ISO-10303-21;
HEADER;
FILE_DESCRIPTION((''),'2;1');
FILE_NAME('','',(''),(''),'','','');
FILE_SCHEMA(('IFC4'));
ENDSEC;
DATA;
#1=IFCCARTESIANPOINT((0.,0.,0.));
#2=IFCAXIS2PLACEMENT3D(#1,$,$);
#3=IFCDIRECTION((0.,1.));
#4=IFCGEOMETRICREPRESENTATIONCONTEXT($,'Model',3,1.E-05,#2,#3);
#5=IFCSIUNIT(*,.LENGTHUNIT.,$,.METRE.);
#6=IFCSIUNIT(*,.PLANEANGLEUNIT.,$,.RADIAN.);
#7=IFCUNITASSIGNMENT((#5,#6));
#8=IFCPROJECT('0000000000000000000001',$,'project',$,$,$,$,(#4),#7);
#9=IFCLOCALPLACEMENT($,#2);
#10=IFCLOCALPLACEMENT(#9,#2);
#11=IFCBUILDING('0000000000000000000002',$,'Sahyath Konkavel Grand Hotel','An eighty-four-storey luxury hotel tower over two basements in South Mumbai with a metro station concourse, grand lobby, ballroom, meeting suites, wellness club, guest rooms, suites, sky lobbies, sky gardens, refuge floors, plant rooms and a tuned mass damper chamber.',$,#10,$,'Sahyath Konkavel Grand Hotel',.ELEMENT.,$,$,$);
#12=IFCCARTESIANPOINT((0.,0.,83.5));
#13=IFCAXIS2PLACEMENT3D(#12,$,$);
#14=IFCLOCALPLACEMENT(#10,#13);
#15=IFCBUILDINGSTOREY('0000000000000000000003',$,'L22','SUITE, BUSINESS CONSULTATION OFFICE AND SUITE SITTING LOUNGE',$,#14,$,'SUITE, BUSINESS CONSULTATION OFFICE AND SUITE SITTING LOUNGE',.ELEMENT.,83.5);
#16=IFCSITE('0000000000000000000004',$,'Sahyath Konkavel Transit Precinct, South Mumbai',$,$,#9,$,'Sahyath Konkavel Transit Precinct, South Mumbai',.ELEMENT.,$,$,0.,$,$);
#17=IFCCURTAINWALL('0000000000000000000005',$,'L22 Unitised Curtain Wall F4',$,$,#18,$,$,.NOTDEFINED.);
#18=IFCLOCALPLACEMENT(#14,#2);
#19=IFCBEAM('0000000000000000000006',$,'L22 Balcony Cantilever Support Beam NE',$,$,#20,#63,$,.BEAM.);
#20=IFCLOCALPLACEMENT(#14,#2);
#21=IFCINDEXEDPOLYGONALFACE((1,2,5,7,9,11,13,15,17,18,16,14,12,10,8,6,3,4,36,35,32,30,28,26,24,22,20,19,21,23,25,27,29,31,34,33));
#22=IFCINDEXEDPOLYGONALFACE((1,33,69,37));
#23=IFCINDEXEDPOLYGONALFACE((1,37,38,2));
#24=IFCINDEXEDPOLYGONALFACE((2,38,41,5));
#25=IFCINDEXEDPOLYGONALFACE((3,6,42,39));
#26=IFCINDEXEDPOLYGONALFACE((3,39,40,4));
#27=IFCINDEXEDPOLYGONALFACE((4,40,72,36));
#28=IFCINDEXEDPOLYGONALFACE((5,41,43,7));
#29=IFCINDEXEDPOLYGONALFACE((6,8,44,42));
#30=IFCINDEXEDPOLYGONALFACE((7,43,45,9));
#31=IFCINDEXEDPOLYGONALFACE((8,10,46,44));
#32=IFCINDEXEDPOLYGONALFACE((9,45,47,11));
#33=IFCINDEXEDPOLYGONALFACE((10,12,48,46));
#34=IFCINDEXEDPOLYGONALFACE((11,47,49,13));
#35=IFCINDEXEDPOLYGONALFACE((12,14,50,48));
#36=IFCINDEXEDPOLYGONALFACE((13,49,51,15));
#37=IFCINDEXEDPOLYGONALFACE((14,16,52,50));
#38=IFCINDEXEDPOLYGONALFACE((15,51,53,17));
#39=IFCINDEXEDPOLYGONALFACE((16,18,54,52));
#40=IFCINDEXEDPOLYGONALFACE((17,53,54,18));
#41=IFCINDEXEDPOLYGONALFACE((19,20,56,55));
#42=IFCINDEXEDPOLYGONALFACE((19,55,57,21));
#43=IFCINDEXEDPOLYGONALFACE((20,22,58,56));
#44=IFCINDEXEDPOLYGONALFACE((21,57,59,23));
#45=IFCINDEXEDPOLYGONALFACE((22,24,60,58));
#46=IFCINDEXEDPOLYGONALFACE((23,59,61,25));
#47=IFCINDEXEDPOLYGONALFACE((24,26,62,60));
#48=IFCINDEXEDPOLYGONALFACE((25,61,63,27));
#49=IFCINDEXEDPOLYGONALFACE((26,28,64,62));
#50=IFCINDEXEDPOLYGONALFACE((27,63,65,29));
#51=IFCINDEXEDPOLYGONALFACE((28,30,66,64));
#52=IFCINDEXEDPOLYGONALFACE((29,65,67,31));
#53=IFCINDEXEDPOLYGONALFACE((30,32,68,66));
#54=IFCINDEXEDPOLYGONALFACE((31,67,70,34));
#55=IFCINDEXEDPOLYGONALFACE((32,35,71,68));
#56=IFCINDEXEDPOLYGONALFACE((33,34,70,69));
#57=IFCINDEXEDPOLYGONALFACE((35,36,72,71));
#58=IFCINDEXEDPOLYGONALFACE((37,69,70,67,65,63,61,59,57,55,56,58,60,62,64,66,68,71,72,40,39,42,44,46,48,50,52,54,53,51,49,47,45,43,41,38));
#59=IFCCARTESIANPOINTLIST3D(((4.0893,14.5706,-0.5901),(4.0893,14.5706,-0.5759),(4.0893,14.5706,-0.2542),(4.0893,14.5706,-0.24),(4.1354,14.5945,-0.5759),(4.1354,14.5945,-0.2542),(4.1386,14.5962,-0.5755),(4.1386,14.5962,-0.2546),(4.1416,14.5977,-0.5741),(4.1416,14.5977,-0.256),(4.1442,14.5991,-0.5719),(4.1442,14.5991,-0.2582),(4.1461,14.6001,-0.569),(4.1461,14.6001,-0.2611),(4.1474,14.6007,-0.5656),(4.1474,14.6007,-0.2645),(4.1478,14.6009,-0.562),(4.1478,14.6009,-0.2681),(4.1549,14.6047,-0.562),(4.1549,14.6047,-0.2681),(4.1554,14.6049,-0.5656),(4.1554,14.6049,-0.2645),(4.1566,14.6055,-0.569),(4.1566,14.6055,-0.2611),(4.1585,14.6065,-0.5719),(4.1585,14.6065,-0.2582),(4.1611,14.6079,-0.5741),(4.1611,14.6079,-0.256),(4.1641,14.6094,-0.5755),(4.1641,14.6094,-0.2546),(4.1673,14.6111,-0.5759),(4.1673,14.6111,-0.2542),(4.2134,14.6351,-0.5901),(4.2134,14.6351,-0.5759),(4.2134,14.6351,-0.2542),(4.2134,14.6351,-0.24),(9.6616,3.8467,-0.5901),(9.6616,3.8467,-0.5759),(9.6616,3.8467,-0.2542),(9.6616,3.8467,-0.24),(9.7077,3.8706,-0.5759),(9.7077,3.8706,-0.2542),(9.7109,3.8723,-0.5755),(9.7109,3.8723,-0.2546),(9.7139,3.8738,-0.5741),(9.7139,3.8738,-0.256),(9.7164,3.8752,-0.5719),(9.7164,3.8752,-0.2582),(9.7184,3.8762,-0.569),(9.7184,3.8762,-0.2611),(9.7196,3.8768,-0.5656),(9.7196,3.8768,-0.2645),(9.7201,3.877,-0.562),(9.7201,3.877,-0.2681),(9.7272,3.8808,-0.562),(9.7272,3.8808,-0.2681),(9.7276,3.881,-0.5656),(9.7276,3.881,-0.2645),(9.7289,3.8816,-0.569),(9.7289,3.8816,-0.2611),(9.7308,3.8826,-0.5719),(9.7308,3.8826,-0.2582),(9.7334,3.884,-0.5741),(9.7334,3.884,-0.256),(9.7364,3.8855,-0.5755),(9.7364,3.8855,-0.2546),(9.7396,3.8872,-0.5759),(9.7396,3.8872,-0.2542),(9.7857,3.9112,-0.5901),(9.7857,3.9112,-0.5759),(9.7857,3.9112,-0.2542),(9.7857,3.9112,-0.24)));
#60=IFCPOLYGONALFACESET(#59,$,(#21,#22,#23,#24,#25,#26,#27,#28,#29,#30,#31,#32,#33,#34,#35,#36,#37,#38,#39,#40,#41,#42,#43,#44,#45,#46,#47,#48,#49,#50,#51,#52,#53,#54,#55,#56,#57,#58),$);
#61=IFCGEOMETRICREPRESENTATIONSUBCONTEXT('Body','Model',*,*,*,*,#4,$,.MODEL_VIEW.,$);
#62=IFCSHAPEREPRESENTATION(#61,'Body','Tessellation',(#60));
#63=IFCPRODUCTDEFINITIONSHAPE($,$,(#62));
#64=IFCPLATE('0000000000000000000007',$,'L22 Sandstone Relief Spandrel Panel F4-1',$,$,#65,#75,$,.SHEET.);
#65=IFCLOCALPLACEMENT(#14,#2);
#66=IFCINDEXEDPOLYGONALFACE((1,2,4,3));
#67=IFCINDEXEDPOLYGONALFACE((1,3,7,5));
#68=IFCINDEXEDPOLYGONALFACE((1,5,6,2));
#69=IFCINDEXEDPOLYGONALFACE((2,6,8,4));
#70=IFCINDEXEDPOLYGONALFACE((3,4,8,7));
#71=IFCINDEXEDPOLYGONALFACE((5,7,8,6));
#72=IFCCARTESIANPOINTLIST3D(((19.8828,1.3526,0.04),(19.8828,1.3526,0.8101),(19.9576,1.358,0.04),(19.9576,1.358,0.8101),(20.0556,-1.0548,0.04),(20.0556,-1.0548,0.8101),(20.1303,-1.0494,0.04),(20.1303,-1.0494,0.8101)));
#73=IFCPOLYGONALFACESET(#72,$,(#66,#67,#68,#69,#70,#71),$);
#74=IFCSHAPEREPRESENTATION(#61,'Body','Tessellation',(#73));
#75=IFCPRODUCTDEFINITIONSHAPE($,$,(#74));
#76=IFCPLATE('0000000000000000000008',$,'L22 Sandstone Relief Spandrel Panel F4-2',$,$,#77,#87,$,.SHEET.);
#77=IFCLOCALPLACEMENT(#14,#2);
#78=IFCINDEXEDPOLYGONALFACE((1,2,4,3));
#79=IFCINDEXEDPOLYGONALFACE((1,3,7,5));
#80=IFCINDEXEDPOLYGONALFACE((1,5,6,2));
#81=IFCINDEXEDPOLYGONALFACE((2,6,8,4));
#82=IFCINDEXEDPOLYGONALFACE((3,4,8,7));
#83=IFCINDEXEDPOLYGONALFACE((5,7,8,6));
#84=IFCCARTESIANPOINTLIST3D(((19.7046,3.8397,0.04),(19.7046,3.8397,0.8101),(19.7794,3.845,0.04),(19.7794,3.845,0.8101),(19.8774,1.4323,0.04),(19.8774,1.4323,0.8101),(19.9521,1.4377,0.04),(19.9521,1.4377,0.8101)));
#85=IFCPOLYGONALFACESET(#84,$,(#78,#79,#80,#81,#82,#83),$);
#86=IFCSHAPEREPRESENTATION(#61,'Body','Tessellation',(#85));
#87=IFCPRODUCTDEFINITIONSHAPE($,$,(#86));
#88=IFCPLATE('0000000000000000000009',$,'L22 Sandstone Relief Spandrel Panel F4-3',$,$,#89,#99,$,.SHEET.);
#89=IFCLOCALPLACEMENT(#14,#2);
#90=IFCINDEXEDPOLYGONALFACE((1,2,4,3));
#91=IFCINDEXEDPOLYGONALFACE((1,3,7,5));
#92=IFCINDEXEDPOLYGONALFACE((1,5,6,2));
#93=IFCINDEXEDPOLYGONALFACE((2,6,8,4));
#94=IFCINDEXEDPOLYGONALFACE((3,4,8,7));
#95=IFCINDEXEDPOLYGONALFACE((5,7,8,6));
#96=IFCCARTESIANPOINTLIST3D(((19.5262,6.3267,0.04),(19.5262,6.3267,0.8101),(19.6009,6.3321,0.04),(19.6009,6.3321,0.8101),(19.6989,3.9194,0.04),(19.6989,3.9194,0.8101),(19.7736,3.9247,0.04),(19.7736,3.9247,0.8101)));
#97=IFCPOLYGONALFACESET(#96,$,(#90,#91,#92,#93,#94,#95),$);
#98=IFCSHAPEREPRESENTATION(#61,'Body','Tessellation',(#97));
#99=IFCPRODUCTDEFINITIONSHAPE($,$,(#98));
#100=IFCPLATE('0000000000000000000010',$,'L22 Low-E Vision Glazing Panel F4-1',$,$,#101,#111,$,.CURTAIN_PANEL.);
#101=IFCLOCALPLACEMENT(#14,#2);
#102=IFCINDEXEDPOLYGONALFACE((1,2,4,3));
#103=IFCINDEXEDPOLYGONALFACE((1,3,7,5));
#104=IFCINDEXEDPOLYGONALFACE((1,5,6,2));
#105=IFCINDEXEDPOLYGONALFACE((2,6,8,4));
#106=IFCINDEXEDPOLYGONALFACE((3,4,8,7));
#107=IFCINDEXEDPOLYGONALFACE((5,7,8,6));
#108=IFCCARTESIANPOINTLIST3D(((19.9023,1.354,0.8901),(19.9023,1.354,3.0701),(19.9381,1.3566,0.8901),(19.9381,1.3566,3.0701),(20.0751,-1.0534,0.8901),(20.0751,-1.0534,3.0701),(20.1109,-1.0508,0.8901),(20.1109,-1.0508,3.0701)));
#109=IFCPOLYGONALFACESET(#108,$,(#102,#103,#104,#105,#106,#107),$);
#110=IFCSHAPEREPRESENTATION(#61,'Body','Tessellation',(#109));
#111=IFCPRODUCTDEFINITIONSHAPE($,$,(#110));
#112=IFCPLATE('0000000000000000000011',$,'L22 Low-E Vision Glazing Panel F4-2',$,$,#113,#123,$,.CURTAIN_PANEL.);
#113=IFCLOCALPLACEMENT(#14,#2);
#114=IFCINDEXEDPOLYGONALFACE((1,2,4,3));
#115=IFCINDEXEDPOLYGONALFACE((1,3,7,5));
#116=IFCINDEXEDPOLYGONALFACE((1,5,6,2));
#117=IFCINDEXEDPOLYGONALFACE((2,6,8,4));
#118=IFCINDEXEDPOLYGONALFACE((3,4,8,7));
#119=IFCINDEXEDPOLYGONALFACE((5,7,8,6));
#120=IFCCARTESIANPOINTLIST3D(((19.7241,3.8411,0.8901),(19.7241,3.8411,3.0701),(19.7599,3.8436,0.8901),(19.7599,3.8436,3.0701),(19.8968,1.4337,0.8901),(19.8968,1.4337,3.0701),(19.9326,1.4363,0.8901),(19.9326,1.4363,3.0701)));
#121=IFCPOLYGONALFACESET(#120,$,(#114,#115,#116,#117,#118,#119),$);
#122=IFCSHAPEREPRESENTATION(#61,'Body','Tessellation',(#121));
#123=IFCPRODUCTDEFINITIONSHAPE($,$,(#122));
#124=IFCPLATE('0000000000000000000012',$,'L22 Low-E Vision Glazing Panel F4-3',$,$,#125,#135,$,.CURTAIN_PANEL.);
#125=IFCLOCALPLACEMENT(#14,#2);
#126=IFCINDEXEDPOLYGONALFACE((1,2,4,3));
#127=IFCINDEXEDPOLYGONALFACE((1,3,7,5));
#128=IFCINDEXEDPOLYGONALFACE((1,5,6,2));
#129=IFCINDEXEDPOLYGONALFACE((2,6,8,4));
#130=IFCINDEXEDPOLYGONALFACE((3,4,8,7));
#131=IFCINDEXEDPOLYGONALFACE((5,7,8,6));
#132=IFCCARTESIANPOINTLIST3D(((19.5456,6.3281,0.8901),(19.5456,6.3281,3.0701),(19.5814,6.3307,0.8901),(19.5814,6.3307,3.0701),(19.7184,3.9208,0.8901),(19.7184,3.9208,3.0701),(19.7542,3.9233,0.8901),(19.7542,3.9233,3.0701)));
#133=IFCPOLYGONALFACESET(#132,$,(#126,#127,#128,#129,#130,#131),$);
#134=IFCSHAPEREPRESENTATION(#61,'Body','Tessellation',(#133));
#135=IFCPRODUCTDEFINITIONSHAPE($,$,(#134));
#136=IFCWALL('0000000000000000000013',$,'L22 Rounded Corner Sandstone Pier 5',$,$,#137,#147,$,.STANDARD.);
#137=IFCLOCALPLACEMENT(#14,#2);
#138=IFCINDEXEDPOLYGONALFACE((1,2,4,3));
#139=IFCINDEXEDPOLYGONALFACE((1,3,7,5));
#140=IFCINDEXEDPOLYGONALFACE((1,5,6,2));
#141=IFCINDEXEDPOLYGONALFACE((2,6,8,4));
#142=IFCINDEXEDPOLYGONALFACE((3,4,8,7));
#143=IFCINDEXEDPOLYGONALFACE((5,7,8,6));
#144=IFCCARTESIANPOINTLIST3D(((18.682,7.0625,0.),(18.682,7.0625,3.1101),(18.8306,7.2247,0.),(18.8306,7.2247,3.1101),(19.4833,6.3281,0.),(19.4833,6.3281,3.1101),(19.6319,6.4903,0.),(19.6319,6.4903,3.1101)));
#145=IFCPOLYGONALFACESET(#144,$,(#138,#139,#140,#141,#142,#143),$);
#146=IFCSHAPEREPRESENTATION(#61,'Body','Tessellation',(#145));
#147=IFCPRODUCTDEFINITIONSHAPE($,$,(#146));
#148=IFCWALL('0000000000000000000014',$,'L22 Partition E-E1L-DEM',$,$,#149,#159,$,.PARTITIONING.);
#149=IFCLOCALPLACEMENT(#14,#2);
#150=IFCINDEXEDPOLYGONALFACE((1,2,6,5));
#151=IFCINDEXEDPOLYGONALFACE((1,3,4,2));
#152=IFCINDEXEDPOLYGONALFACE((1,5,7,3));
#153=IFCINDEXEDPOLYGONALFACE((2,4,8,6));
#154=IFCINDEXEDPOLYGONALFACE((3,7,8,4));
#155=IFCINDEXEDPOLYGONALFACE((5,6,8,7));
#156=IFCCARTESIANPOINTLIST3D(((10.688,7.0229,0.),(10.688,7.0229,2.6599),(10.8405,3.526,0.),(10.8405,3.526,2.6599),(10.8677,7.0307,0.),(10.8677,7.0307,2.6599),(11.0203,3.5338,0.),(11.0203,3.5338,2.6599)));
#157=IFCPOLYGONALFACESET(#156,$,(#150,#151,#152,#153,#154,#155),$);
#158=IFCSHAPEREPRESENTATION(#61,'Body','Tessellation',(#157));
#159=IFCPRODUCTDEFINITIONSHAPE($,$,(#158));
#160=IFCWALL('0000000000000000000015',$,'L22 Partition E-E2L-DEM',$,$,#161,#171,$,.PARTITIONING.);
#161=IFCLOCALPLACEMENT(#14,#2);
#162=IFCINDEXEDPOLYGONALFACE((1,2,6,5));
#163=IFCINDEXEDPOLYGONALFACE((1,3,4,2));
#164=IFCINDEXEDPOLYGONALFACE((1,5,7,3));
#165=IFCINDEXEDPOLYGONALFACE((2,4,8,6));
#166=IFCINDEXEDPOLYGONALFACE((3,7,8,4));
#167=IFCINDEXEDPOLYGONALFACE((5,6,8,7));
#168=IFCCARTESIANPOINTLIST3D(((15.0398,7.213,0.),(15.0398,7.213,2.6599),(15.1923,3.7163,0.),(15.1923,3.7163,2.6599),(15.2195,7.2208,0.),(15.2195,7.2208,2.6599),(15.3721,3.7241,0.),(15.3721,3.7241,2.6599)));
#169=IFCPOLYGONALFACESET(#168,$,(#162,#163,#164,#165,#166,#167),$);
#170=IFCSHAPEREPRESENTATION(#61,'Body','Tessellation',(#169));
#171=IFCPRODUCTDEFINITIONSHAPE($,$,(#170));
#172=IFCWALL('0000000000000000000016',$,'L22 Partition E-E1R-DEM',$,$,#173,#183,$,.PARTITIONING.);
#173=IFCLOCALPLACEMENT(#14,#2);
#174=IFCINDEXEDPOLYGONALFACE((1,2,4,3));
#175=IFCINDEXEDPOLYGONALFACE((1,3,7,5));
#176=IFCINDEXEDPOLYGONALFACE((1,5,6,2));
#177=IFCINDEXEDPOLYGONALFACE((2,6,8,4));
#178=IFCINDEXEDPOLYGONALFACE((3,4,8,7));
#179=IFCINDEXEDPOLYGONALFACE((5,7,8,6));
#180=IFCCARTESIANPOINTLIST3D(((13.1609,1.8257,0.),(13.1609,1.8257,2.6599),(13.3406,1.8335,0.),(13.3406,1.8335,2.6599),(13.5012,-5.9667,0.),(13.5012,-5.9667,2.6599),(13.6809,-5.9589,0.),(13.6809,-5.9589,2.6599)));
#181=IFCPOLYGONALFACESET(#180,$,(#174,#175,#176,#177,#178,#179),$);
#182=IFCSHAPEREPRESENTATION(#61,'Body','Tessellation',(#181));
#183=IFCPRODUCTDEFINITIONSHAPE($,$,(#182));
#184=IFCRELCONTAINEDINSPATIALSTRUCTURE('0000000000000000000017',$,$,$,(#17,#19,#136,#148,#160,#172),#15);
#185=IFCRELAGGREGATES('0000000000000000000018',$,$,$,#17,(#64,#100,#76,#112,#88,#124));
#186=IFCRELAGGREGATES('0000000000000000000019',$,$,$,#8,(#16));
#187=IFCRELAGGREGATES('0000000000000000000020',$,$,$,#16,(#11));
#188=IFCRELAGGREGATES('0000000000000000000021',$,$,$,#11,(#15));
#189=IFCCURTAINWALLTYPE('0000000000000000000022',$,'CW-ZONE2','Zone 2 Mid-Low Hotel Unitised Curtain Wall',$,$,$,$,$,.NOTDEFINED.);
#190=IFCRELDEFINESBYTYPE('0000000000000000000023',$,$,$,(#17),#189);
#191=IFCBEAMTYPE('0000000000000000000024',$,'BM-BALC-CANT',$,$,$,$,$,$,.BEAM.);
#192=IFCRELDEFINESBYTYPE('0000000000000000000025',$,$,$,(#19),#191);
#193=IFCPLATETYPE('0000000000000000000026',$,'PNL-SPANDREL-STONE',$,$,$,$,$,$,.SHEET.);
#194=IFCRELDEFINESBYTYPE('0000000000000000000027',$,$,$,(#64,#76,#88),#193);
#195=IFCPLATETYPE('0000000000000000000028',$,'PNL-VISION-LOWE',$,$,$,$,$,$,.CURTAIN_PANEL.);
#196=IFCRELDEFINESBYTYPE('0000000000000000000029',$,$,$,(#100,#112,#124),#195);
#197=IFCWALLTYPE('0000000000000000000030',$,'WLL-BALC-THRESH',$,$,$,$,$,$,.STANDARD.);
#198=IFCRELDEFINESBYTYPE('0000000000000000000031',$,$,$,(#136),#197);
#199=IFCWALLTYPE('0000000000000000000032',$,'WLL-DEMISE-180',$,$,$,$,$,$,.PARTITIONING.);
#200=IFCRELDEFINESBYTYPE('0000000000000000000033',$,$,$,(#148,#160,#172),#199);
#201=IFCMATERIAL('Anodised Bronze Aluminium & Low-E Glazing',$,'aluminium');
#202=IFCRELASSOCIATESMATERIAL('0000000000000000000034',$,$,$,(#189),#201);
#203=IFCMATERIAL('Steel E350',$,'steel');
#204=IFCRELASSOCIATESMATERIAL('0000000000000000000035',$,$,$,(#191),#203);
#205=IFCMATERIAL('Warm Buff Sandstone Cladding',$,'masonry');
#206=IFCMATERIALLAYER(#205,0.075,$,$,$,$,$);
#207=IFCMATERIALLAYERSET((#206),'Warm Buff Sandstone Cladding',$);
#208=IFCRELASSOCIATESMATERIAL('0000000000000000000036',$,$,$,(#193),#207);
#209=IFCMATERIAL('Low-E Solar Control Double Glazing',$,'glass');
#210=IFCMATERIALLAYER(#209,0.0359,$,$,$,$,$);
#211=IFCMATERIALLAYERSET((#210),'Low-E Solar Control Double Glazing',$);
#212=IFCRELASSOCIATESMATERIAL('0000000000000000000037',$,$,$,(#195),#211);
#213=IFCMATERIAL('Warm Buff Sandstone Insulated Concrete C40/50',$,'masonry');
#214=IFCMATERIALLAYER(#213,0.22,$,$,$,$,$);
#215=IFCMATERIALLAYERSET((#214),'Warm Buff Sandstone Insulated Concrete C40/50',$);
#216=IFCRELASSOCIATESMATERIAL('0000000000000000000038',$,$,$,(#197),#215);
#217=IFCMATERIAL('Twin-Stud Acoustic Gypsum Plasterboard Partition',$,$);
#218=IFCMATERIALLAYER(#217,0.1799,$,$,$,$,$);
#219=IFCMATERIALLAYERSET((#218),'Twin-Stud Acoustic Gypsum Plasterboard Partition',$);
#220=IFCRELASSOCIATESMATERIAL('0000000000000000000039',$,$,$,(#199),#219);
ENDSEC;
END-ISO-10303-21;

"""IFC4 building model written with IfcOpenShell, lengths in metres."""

from ifc_helpers import new_model, si_unit, direction, frame, frame_2d, origin, origin_2d, place, context, subcontext, project, spatial, rectangle, i_section, extrude, source, transform, mapped, material, layer, layer_set, material_profile, profile_set, type_object, element, aggregate, save


model = new_model("IFC4")

# Units and contexts
model_context = context("Model", 3, precision=1e-05, world=origin(), true_north=direction((0.0, 1.0)))
body_context = subcontext(model_context, "Body", "Model", "MODEL_VIEW")
ifc_project = project(units=[si_unit("LENGTHUNIT", "METRE"), si_unit("PLANEANGLEUNIT", "RADIAN")], contexts=[model_context])

# Site, building, storey
site_placement = place(None, origin())
site = spatial("IfcSite", under=ifc_project, at=site_placement, Name="Sahyath Konkavel Transit Precinct, South Mumbai", LongName="Sahyath Konkavel Transit Precinct, South Mumbai", CompositionType="ELEMENT", RefElevation=0.0)
building_placement = place(site_placement, origin())
building = spatial("IfcBuilding", under=site, at=building_placement, Name="Sahyath Konkavel Grand Hotel", Description="An eighty-four-storey luxury hotel tower over two basements in South Mumbai with a metro station concourse, grand lobby, ballroom, meeting suites, wellness club, guest rooms, suites, sky lobbies, sky gardens, refuge floors, plant rooms and a tuned mass damper chamber.", LongName="Sahyath Konkavel Grand Hotel", CompositionType="ELEMENT")
storey_placement = place(building_placement, frame((0.0, 0.0, 83.5)))
storey = spatial("IfcBuildingStorey", under=building, at=storey_placement, Name="L22", Description="SUITE, BUSINESS CONSULTATION OFFICE AND SUITE SITTING LOUNGE", LongName="SUITE, BUSINESS CONSULTATION OFFICE AND SUITE SITTING LOUNGE", CompositionType="ELEMENT", Elevation=83.5)

# Shared definitions
ifc_material_1 = material(Name="Steel E350", Category="steel")

# Curtain wall
ifc_material_2 = material(Name="Anodised Bronze Aluminium & Low-E Glazing", Category="aluminium")
curtain_wall_type = type_object("IfcCurtainWallType", Name="CW-ZONE2", Description="Zone 2 Mid-Low Hotel Unitised Curtain Wall", PredefinedType="NOTDEFINED", material=ifc_material_2)
curtain_wall_placement = place(storey_placement, origin())
curtain_wall = element("IfcCurtainWall", 1, at=curtain_wall_placement, inside=storey, type_object=curtain_wall_type, Name="L22 Unitised Curtain Wall F4", PredefinedType="NOTDEFINED")

# Beam
ifc_material_profile_1 = material_profile(ifc_material_1, i_section(OverallWidth=0.1399, OverallDepth=0.3501, WebThickness=0.0081, FlangeThickness=0.0142, FilletRadius=0.0139, at=origin_2d()), Name="ISMB 350")
ifc_profile_set_1 = profile_set([ifc_material_profile_1], Name="Steel E350")
beam_type_1 = type_object("IfcBeamType", Name="BM-BALC-CANT", PredefinedType="BEAM", material=ifc_profile_set_1)
shared_shape_1 = source(origin(), body_context, "Body", "SweptSolid", [
    extrude(i_section(OverallWidth=0.1399, OverallDepth=0.3501, WebThickness=0.0081, FlangeThickness=0.0142, FilletRadius=0.0139, at=origin_2d()), origin(), (0.0, 0.0, 1.0), 12.0852),
])
beam_1_placement = place(storey_placement, frame((9.7236, 3.8789, -0.415), z_axis=(-0.461082, 0.887357, 0.0), x_axis=(-0.887357, -0.461082, 0.0)))
element("IfcBeam", 2, at=beam_1_placement, inside=storey, type_object=beam_type_1, Name="L22 Balcony Cantilever Support Beam NE", PredefinedType="BEAM", context=body_context, shape_type="MappedRepresentation", body=[
    mapped(shared_shape_1, transform((0.0, 0.0, 0.0), scale=1.0)),
])

# Plates
ifc_material_3 = material(Name="Warm Buff Sandstone Cladding", Category="masonry")
ifc_layer_1 = layer(ifc_material_3, 0.075)
ifc_layer_set_1 = layer_set([ifc_layer_1], Name="Warm Buff Sandstone Cladding")
plate_type_1 = type_object("IfcPlateType", Name="PNL-SPANDREL-STONE", PredefinedType="SHEET", material=ifc_layer_set_1)
shared_shape_2 = source(origin(), body_context, "Body", "SweptSolid", [
    extrude(rectangle(XDim=2.4136, YDim=0.075, at=origin_2d()), origin(), (0.0, 0.0, 1.0), 0.77),
])
plate_1_placement = place(storey_placement, frame((20.0066, 0.1516, 0.04), z_axis=(0.0, 0.0, 1.0), x_axis=(-0.071567, 0.997436, 0.0)))
plate_1 = element("IfcPlate", 3, at=plate_1_placement, type_object=plate_type_1, Name="L22 Sandstone Relief Spandrel Panel F4-1", PredefinedType="SHEET", context=body_context, shape_type="MappedRepresentation", body=[
    mapped(shared_shape_2, transform((0.0, 0.0, 0.0), scale=1.0)),
])
plate_2_placement = place(storey_placement, frame((19.8284, 2.6387, 0.04), z_axis=(0.0, 0.0, 1.0), x_axis=(-0.071567, 0.997436, 0.0)))
plate_2 = element("IfcPlate", 4, at=plate_2_placement, type_object=plate_type_1, Name="L22 Sandstone Relief Spandrel Panel F4-2", PredefinedType="SHEET", context=body_context, shape_type="MappedRepresentation", body=[
    mapped(shared_shape_2, transform((0.0, 0.0, 0.0), scale=1.0)),
])
plate_3_placement = place(storey_placement, frame((19.6499, 5.1257, 0.04), z_axis=(0.0, 0.0, 1.0), x_axis=(-0.071567, 0.997436, 0.0)))
plate_3 = element("IfcPlate", 5, at=plate_3_placement, type_object=plate_type_1, Name="L22 Sandstone Relief Spandrel Panel F4-3", PredefinedType="SHEET", context=body_context, shape_type="MappedRepresentation", body=[
    mapped(shared_shape_2, transform((0.0, 0.0, 0.0), scale=1.0)),
])
ifc_material_4 = material(Name="Low-E Solar Control Double Glazing", Category="glass")
ifc_layer_2 = layer(ifc_material_4, 0.0359)
ifc_layer_set_2 = layer_set([ifc_layer_2], Name="Low-E Solar Control Double Glazing")
plate_type_2 = type_object("IfcPlateType", Name="PNL-VISION-LOWE", PredefinedType="CURTAIN_PANEL", material=ifc_layer_set_2)
shared_shape_3 = source(origin(), body_context, "Body", "SweptSolid", [
    extrude(rectangle(XDim=2.4136, YDim=0.0359, at=origin_2d()), origin(), (0.0, 0.0, 1.0), 2.1799),
])
plate_4_placement = place(storey_placement, frame((20.0066, 0.1516, 0.8901), z_axis=(0.0, 0.0, 1.0), x_axis=(-0.071567, 0.997436, 0.0)))
plate_4 = element("IfcPlate", 6, at=plate_4_placement, type_object=plate_type_2, Name="L22 Low-E Vision Glazing Panel F4-1", PredefinedType="CURTAIN_PANEL", context=body_context, shape_type="MappedRepresentation", body=[
    mapped(shared_shape_3, transform((0.0, 0.0, 0.0), scale=1.0)),
])
plate_5_placement = place(storey_placement, frame((19.8284, 2.6387, 0.8901), z_axis=(0.0, 0.0, 1.0), x_axis=(-0.071567, 0.997436, 0.0)))
plate_5 = element("IfcPlate", 7, at=plate_5_placement, type_object=plate_type_2, Name="L22 Low-E Vision Glazing Panel F4-2", PredefinedType="CURTAIN_PANEL", context=body_context, shape_type="MappedRepresentation", body=[
    mapped(shared_shape_3, transform((0.0, 0.0, 0.0), scale=1.0)),
])
plate_6_placement = place(storey_placement, frame((19.6499, 5.1257, 0.8901), z_axis=(0.0, 0.0, 1.0), x_axis=(-0.071567, 0.997436, 0.0)))
plate_6 = element("IfcPlate", 8, at=plate_6_placement, type_object=plate_type_2, Name="L22 Low-E Vision Glazing Panel F4-3", PredefinedType="CURTAIN_PANEL", context=body_context, shape_type="MappedRepresentation", body=[
    mapped(shared_shape_3, transform((0.0, 0.0, 0.0), scale=1.0)),
])
aggregate(curtain_wall, [plate_1, plate_4, plate_2, plate_5, plate_3, plate_6])

# Walls
ifc_material_5 = material(Name="Warm Buff Sandstone Insulated Concrete C40/50", Category="masonry")
ifc_layer_3 = layer(ifc_material_5, 0.22)
ifc_layer_set_3 = layer_set([ifc_layer_3], Name="Warm Buff Sandstone Insulated Concrete C40/50")
wall_type_1 = type_object("IfcWallType", Name="WLL-BALC-THRESH", PredefinedType="STANDARD", material=ifc_layer_set_3)
wall_1_placement = place(storey_placement, frame((19.5576, 6.4092, 0.0), z_axis=(0.0, 0.0, 1.0), x_axis=(-0.73721, 0.675664, 0.0)))
element("IfcWall", 9, at=wall_1_placement, inside=storey, type_object=wall_type_1, Name="L22 Rounded Corner Sandstone Pier 5", PredefinedType="STANDARD", context=body_context, shape_type="SweptSolid", body=[
    extrude(rectangle(XDim=1.0869, YDim=0.22, at=frame_2d((0.5435, 0.0))), origin(), (0.0, 0.0, 1.0), 3.1101),
])
ifc_material_6 = material(Name="Twin-Stud Acoustic Gypsum Plasterboard Partition")
ifc_layer_4 = layer(ifc_material_6, 0.1799)
ifc_layer_set_4 = layer_set([ifc_layer_4], Name="Twin-Stud Acoustic Gypsum Plasterboard Partition")
wall_type_2 = type_object("IfcWallType", Name="WLL-DEMISE-180", PredefinedType="PARTITIONING", material=ifc_layer_set_4)
wall_2_placement = place(storey_placement, frame((10.9304, 3.53, 0.0), z_axis=(0.0, 0.0, 1.0), x_axis=(-0.043595, 0.999049, 0.0)))
element("IfcWall", 10, at=wall_2_placement, inside=storey, type_object=wall_type_2, Name="L22 Partition E-E1L-DEM", PredefinedType="PARTITIONING", context=body_context, shape_type="SweptSolid", body=[
    extrude(rectangle(XDim=3.5002, YDim=0.1799, at=frame_2d((1.75, 0.0))), origin(), (0.0, 0.0, 1.0), 2.6599),
])
wall_3_placement = place(storey_placement, frame((15.2822, 3.7202, 0.0), z_axis=(0.0, 0.0, 1.0), x_axis=(-0.043598, 0.999049, 0.0)))
element("IfcWall", 11, at=wall_3_placement, inside=storey, type_object=wall_type_2, Name="L22 Partition E-E2L-DEM", PredefinedType="PARTITIONING", context=body_context, shape_type="SweptSolid", body=[
    extrude(rectangle(XDim=3.5, YDim=0.1799, at=frame_2d((1.75, 0.0))), origin(), (0.0, 0.0, 1.0), 2.6599),
])
wall_4_placement = place(storey_placement, frame((13.2507, 1.8296, 0.0), z_axis=(0.0, 0.0, 1.0), x_axis=(0.043633, -0.999048, 0.0)))
element("IfcWall", 12, at=wall_4_placement, inside=storey, type_object=wall_type_2, Name="L22 Partition E-E1R-DEM", PredefinedType="PARTITIONING", context=body_context, shape_type="SweptSolid", body=[
    extrude(rectangle(XDim=7.7998, YDim=0.1799, at=frame_2d((3.8999, 0.0))), origin(), (0.0, 0.0, 1.0), 2.6599),
])

save(model, "model.ifc")
